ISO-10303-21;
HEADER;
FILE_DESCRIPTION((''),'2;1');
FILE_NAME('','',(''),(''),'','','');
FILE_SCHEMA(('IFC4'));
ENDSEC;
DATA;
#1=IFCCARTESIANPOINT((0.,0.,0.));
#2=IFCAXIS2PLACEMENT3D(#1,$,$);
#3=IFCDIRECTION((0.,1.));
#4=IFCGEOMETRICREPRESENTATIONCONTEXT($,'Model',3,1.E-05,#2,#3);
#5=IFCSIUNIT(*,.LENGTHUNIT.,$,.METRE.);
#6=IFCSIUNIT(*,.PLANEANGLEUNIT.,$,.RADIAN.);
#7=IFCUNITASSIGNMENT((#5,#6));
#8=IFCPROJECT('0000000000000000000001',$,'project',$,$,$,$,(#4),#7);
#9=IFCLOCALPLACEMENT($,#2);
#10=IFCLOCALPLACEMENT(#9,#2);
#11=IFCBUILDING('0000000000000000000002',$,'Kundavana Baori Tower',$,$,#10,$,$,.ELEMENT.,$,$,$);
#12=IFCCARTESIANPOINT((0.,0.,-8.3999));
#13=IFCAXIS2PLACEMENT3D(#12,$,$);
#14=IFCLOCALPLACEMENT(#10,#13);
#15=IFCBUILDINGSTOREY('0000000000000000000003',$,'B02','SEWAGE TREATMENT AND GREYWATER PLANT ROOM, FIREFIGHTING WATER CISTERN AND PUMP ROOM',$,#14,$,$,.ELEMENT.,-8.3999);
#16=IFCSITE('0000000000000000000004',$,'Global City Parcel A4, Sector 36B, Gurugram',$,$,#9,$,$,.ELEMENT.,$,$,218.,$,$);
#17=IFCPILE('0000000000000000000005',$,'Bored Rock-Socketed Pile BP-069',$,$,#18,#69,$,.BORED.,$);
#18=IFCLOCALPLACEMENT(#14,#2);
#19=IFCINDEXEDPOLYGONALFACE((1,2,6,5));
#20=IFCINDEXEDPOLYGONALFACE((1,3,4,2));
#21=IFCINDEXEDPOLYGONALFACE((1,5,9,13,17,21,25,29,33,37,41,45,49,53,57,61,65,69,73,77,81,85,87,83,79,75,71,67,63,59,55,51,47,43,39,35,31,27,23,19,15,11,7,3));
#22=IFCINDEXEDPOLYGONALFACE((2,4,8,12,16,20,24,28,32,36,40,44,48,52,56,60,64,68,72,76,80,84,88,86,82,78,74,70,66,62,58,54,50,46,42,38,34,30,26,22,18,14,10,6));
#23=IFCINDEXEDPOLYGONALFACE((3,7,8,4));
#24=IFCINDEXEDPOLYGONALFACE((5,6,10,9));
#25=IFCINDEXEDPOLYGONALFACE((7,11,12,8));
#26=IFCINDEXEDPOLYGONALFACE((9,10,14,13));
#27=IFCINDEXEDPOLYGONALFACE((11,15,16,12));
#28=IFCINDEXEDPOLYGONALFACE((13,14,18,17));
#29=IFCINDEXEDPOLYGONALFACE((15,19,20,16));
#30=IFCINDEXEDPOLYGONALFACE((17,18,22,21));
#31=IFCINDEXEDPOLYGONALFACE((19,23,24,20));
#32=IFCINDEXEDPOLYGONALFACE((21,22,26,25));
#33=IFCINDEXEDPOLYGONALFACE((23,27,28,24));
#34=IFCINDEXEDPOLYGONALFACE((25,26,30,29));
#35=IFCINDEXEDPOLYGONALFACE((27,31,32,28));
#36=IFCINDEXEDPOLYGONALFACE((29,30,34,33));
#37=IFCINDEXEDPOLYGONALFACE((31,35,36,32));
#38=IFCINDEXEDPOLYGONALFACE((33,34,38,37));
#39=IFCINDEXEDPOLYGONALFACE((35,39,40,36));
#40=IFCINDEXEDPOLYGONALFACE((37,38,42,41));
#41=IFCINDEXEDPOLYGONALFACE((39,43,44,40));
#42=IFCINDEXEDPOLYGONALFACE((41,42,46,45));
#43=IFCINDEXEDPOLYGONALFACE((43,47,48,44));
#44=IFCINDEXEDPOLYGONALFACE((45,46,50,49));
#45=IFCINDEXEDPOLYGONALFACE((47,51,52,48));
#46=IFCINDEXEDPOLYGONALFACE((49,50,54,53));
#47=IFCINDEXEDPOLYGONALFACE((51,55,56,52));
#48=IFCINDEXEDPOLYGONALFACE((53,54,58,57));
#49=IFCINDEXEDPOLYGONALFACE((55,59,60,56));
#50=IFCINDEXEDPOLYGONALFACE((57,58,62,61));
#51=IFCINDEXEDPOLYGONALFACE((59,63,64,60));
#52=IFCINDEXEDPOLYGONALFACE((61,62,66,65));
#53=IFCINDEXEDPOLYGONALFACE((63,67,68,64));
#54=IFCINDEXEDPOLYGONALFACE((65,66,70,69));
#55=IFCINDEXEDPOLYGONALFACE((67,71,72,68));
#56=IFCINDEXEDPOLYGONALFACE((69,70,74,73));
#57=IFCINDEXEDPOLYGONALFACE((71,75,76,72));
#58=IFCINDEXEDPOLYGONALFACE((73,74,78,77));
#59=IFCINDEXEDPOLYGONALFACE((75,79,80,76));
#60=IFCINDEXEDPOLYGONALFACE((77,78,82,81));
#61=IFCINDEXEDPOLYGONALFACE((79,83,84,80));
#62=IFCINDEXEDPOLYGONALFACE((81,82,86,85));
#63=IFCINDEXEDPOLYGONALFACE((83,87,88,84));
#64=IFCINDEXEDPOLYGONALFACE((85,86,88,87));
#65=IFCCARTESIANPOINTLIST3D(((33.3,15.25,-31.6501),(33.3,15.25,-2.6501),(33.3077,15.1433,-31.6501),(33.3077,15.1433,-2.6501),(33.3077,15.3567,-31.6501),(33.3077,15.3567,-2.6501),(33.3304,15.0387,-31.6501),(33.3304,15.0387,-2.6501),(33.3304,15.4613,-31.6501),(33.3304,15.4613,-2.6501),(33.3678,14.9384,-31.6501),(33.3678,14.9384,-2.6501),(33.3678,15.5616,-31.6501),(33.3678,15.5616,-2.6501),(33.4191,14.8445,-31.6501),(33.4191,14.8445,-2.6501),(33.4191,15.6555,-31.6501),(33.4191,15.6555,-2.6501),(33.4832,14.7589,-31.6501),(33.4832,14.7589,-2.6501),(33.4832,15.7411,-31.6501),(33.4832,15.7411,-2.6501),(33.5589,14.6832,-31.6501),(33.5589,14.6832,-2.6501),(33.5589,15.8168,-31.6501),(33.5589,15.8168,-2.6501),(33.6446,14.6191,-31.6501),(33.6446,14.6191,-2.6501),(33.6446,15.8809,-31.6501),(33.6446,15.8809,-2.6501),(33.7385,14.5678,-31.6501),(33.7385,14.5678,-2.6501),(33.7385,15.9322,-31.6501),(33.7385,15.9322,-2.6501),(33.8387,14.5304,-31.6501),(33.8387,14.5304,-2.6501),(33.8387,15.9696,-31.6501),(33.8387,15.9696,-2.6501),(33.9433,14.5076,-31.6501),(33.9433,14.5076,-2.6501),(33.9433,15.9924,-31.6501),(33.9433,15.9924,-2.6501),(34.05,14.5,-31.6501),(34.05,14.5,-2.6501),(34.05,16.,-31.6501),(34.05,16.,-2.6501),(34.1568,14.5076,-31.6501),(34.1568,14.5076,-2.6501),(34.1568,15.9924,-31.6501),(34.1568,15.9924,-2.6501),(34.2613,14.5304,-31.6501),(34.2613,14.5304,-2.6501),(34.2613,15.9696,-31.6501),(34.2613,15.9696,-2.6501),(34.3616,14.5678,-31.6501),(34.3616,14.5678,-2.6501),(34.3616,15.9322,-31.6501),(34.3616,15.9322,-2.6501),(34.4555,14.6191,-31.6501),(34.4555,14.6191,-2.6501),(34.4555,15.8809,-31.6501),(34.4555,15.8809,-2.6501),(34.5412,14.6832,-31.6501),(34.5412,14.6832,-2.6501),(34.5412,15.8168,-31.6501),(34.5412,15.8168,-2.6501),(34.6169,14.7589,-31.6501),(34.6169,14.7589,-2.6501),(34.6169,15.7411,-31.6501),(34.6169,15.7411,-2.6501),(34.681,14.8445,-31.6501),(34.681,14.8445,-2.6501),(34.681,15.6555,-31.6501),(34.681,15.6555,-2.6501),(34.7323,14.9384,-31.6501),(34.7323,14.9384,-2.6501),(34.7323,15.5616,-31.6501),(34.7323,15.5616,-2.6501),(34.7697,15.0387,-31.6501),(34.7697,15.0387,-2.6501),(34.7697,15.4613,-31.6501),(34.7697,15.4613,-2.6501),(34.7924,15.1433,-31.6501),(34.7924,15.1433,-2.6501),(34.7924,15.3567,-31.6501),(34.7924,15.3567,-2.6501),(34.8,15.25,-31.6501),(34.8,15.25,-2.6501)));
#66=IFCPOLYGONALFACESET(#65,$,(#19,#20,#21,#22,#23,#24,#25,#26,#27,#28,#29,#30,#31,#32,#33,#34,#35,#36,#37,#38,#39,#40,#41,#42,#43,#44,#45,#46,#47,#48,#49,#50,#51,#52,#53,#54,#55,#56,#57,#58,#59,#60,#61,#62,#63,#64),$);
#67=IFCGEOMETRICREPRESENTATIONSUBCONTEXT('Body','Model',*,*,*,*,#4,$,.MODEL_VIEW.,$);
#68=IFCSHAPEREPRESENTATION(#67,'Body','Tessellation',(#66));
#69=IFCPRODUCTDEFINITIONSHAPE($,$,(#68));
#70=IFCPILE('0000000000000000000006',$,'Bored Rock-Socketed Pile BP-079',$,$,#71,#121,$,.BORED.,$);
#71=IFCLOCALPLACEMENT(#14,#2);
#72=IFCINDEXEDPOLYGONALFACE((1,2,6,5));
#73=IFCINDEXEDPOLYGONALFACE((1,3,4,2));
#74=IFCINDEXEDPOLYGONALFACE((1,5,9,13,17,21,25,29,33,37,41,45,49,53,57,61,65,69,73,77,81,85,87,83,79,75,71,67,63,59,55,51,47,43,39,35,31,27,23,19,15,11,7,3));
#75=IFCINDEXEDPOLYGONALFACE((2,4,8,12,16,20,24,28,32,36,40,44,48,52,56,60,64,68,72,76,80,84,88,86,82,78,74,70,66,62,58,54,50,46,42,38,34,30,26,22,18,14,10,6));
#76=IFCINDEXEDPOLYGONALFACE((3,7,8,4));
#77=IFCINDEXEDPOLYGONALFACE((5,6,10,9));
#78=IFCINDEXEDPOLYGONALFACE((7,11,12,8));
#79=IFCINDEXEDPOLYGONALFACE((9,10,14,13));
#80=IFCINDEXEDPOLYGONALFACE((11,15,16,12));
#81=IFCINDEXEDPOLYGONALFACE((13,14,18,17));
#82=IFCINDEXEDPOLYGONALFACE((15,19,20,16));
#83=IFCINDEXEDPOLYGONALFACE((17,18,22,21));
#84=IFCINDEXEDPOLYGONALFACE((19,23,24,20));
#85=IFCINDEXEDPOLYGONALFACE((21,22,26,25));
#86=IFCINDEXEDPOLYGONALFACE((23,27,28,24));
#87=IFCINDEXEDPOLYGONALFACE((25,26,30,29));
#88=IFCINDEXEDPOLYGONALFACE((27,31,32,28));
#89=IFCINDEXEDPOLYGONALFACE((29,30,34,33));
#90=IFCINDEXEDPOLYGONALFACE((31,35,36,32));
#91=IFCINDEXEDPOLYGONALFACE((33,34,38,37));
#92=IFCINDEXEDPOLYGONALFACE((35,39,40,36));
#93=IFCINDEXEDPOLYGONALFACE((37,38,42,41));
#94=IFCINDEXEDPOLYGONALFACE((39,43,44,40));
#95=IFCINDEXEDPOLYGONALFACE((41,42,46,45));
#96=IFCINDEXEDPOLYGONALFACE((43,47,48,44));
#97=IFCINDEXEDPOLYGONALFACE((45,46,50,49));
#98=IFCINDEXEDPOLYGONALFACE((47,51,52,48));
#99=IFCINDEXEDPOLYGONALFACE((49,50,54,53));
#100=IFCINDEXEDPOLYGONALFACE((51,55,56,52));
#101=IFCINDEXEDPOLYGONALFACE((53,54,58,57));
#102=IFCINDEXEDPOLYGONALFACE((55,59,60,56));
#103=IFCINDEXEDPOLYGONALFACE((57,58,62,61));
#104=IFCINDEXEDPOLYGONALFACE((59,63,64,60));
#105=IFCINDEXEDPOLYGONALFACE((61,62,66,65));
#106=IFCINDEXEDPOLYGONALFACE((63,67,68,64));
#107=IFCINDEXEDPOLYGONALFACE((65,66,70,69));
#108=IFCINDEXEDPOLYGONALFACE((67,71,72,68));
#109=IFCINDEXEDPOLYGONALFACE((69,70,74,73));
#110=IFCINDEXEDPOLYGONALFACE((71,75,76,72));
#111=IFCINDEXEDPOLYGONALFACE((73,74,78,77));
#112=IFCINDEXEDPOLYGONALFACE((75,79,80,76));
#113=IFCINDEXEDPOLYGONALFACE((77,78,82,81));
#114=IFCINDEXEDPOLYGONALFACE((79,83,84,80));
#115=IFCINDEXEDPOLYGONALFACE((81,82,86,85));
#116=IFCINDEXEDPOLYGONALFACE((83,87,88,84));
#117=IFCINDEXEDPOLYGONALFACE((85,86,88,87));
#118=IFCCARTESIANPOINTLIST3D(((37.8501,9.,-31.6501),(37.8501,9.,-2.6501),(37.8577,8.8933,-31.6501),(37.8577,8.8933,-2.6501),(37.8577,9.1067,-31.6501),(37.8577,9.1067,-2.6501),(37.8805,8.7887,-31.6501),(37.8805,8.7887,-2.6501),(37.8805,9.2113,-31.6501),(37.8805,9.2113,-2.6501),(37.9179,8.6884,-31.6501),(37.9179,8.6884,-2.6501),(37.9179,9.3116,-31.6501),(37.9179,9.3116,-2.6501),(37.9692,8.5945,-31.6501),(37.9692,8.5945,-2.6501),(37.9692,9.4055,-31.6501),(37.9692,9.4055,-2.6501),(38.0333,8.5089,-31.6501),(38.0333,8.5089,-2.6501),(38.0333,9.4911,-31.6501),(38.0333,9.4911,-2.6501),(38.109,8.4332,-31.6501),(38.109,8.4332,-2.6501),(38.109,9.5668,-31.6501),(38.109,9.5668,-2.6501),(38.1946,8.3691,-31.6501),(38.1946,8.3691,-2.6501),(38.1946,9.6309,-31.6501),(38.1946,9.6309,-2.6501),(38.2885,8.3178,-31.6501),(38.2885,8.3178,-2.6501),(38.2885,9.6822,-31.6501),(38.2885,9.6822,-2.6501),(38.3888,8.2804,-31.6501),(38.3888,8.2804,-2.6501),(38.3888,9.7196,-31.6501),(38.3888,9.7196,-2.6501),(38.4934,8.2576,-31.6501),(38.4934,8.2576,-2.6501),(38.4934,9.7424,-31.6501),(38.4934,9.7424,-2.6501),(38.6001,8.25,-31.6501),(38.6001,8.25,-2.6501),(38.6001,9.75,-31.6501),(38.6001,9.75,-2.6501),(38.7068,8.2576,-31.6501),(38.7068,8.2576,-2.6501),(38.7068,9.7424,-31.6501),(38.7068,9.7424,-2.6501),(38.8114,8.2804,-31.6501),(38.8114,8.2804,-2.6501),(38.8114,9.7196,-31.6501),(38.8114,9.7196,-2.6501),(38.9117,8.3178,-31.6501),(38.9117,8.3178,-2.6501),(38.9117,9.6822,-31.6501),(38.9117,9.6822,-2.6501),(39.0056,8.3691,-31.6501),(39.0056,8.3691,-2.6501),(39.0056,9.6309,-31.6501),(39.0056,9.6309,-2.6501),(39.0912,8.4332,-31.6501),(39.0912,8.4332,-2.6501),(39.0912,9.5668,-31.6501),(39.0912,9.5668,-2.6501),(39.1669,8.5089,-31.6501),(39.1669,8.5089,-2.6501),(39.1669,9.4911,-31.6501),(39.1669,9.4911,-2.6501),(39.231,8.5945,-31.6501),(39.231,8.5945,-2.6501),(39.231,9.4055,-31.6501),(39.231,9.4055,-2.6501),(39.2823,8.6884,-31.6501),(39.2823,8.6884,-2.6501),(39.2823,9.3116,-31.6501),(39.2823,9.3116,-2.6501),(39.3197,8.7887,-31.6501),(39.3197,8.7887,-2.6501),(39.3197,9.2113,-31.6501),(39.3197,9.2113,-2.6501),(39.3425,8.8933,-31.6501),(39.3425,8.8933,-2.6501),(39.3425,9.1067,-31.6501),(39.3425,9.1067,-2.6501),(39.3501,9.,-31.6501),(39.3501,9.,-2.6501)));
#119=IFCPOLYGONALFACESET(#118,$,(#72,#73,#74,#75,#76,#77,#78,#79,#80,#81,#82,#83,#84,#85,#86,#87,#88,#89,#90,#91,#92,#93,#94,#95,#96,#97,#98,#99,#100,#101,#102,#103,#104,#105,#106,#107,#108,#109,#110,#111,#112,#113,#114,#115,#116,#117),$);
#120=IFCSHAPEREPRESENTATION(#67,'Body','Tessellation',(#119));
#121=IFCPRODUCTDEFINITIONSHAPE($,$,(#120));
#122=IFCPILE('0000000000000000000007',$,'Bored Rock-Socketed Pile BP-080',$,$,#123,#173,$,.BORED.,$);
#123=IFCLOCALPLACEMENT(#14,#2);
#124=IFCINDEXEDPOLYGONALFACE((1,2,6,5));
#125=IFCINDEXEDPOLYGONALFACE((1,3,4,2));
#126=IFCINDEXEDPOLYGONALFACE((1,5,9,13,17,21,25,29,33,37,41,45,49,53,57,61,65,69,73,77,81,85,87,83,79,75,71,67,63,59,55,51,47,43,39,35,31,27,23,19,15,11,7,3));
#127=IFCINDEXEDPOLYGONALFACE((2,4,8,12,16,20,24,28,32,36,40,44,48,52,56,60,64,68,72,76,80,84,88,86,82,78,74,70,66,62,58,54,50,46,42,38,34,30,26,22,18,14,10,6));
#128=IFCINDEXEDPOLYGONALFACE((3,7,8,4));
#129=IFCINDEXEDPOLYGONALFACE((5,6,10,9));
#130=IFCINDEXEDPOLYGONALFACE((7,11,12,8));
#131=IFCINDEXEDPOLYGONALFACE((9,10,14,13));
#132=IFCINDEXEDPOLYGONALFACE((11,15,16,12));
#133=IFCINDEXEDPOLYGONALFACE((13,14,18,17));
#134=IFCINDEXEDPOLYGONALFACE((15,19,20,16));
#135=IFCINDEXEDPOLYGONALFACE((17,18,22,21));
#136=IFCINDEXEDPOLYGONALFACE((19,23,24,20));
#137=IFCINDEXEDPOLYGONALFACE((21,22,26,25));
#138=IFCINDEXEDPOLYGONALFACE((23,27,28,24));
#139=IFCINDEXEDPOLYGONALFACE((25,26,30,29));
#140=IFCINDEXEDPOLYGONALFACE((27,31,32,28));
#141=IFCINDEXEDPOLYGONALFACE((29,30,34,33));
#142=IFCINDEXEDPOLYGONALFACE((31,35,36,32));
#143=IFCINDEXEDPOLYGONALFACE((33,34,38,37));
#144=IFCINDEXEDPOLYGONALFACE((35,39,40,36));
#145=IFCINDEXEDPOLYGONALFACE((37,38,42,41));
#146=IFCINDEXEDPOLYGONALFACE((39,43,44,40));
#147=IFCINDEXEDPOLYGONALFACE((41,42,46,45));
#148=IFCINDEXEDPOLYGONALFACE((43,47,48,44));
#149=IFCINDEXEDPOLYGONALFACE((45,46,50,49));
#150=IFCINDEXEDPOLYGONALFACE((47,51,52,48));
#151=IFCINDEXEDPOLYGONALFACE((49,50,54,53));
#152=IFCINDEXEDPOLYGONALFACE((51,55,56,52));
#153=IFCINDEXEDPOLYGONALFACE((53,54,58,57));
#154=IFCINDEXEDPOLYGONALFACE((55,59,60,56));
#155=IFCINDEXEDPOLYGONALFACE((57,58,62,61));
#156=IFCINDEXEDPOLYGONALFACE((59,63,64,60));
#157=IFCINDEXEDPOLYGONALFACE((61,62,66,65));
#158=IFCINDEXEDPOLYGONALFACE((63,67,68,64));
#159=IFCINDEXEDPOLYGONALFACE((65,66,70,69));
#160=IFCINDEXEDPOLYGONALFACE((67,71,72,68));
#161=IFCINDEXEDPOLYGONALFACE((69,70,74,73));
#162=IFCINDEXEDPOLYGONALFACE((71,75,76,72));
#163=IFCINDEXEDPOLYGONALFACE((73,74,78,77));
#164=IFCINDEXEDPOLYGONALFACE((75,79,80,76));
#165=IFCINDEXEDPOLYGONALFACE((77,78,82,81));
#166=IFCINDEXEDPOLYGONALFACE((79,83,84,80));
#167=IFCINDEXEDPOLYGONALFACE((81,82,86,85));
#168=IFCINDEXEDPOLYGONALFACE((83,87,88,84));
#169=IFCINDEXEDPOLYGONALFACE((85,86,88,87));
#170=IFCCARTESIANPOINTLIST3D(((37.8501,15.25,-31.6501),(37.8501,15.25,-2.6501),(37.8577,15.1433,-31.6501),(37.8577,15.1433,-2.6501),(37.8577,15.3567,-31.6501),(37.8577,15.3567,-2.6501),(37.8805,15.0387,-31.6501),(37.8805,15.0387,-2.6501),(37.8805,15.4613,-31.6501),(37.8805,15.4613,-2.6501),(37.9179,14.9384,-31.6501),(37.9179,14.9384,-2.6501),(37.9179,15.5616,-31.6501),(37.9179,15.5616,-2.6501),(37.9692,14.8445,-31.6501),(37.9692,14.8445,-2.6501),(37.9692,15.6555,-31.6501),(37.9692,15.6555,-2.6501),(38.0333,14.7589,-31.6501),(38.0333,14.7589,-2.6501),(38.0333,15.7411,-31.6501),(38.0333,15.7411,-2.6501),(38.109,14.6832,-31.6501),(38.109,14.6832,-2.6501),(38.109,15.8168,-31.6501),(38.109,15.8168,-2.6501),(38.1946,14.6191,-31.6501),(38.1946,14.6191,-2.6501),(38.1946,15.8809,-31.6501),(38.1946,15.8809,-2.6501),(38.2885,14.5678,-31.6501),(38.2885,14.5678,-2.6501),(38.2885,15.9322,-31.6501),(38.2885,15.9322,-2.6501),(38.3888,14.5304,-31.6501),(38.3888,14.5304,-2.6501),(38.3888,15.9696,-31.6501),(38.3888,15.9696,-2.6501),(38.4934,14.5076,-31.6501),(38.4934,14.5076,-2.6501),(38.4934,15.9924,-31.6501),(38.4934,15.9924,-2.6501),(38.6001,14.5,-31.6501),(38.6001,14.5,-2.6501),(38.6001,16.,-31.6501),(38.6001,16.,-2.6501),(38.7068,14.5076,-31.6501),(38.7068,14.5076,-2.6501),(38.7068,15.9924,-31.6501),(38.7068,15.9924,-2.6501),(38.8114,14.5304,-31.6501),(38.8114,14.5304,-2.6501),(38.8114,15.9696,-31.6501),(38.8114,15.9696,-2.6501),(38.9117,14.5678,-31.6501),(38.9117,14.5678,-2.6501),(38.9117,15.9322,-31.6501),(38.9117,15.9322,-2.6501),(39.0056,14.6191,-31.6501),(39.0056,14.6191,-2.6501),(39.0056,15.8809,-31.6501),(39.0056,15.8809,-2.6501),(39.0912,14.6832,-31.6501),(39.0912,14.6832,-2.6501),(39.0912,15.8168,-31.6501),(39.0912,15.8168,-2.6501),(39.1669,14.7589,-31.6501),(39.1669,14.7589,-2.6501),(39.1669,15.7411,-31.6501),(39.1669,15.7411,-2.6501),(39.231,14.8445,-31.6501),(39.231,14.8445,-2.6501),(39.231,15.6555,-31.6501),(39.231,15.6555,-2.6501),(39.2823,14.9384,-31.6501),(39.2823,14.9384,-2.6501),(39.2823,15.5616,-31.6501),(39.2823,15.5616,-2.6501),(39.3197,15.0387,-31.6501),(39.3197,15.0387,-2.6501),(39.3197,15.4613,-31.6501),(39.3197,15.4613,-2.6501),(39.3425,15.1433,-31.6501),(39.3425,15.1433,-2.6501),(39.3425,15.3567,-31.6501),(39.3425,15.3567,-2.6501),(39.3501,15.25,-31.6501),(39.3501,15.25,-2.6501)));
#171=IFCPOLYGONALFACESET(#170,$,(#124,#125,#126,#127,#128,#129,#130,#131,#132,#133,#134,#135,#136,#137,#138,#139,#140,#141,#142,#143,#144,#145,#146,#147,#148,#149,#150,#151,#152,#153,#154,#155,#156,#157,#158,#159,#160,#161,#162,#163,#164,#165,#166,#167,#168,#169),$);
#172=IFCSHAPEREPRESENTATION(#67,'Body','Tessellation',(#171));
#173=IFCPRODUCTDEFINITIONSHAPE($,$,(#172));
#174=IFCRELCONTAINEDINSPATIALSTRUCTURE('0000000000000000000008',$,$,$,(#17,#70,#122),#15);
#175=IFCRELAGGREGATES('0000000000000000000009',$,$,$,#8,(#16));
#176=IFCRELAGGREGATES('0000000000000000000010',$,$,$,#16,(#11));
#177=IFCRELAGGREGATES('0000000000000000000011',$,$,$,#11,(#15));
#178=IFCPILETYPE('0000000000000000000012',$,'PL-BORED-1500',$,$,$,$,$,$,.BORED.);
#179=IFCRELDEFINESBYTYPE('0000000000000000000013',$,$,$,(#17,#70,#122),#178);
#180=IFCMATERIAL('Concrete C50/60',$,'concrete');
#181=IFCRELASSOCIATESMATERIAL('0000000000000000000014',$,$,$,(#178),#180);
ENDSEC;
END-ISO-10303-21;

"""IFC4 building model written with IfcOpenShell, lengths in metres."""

from ifc_helpers import new_model, si_unit, direction, frame, origin, origin_2d, place, context, subcontext, project, spatial, circle, extrude, material, material_profile, profile_set, type_object, element, save


model = new_model("IFC4")

# Units and contexts
model_context = context("Model", 3, precision=1e-05, world=origin(), true_north=direction((0.0, 1.0)))
body_context = subcontext(model_context, "Body", "Model", "MODEL_VIEW")
ifc_project = project(units=[si_unit("LENGTHUNIT", "METRE"), si_unit("PLANEANGLEUNIT", "RADIAN")], contexts=[model_context])

# Site, building, storey
site_placement = place(None, origin())
site = spatial("IfcSite", under=ifc_project, at=site_placement, Name="Global City Parcel A4, Sector 36B, Gurugram", CompositionType="ELEMENT", RefElevation=218.0)
building_placement = place(site_placement, origin())
building = spatial("IfcBuilding", under=site, at=building_placement, Name="Kundavana Baori Tower", CompositionType="ELEMENT")
storey_placement = place(building_placement, frame((0.0, 0.0, -8.3999)))
storey = spatial("IfcBuildingStorey", under=building, at=storey_placement, Name="B02", Description="SEWAGE TREATMENT AND GREYWATER PLANT ROOM, FIREFIGHTING WATER CISTERN AND PUMP ROOM", CompositionType="ELEMENT", Elevation=-8.3999)

# Piles
ifc_material_1 = material(Name="Concrete C50/60", Category="concrete")
ifc_material_profile_1 = material_profile(ifc_material_1, circle(Radius=0.75, at=origin_2d()), Name="BORED PILE D1500")
ifc_profile_set_1 = profile_set([ifc_material_profile_1], Name="Concrete C50/60")
pile_type_1 = type_object("IfcPileType", Name="PL-BORED-1500", PredefinedType="BORED", material=ifc_profile_set_1)
for number, where, z_axis, x_axis, name in (
    (1, (34.05, 15.25, -2.6501), (0.0, 0.0, -1.0), (1.0, 0.0, 0.0), "Bored Rock-Socketed Pile BP-069"),
    (2, (38.6001, 9.0, -2.6501), (0.0, 0.0, -1.0), (1.0, 0.0, 0.0), "Bored Rock-Socketed Pile BP-079"),
    (3, (38.6001, 15.25, -2.6501), (0.0, 0.0, -1.0), (1.0, 0.0, 0.0), "Bored Rock-Socketed Pile BP-080"),
):
    element("IfcPile", number, at=place(storey_placement, frame(where, z_axis=z_axis, x_axis=x_axis)), inside=storey, type_object=pile_type_1, Name=name, PredefinedType="BORED", context=body_context, shape_type="SweptSolid", body=[
        extrude(circle(Radius=0.75, at=origin_2d()), origin(), (0.0, 0.0, 1.0), 29.0),
    ])

save(model, "model.ifc")
